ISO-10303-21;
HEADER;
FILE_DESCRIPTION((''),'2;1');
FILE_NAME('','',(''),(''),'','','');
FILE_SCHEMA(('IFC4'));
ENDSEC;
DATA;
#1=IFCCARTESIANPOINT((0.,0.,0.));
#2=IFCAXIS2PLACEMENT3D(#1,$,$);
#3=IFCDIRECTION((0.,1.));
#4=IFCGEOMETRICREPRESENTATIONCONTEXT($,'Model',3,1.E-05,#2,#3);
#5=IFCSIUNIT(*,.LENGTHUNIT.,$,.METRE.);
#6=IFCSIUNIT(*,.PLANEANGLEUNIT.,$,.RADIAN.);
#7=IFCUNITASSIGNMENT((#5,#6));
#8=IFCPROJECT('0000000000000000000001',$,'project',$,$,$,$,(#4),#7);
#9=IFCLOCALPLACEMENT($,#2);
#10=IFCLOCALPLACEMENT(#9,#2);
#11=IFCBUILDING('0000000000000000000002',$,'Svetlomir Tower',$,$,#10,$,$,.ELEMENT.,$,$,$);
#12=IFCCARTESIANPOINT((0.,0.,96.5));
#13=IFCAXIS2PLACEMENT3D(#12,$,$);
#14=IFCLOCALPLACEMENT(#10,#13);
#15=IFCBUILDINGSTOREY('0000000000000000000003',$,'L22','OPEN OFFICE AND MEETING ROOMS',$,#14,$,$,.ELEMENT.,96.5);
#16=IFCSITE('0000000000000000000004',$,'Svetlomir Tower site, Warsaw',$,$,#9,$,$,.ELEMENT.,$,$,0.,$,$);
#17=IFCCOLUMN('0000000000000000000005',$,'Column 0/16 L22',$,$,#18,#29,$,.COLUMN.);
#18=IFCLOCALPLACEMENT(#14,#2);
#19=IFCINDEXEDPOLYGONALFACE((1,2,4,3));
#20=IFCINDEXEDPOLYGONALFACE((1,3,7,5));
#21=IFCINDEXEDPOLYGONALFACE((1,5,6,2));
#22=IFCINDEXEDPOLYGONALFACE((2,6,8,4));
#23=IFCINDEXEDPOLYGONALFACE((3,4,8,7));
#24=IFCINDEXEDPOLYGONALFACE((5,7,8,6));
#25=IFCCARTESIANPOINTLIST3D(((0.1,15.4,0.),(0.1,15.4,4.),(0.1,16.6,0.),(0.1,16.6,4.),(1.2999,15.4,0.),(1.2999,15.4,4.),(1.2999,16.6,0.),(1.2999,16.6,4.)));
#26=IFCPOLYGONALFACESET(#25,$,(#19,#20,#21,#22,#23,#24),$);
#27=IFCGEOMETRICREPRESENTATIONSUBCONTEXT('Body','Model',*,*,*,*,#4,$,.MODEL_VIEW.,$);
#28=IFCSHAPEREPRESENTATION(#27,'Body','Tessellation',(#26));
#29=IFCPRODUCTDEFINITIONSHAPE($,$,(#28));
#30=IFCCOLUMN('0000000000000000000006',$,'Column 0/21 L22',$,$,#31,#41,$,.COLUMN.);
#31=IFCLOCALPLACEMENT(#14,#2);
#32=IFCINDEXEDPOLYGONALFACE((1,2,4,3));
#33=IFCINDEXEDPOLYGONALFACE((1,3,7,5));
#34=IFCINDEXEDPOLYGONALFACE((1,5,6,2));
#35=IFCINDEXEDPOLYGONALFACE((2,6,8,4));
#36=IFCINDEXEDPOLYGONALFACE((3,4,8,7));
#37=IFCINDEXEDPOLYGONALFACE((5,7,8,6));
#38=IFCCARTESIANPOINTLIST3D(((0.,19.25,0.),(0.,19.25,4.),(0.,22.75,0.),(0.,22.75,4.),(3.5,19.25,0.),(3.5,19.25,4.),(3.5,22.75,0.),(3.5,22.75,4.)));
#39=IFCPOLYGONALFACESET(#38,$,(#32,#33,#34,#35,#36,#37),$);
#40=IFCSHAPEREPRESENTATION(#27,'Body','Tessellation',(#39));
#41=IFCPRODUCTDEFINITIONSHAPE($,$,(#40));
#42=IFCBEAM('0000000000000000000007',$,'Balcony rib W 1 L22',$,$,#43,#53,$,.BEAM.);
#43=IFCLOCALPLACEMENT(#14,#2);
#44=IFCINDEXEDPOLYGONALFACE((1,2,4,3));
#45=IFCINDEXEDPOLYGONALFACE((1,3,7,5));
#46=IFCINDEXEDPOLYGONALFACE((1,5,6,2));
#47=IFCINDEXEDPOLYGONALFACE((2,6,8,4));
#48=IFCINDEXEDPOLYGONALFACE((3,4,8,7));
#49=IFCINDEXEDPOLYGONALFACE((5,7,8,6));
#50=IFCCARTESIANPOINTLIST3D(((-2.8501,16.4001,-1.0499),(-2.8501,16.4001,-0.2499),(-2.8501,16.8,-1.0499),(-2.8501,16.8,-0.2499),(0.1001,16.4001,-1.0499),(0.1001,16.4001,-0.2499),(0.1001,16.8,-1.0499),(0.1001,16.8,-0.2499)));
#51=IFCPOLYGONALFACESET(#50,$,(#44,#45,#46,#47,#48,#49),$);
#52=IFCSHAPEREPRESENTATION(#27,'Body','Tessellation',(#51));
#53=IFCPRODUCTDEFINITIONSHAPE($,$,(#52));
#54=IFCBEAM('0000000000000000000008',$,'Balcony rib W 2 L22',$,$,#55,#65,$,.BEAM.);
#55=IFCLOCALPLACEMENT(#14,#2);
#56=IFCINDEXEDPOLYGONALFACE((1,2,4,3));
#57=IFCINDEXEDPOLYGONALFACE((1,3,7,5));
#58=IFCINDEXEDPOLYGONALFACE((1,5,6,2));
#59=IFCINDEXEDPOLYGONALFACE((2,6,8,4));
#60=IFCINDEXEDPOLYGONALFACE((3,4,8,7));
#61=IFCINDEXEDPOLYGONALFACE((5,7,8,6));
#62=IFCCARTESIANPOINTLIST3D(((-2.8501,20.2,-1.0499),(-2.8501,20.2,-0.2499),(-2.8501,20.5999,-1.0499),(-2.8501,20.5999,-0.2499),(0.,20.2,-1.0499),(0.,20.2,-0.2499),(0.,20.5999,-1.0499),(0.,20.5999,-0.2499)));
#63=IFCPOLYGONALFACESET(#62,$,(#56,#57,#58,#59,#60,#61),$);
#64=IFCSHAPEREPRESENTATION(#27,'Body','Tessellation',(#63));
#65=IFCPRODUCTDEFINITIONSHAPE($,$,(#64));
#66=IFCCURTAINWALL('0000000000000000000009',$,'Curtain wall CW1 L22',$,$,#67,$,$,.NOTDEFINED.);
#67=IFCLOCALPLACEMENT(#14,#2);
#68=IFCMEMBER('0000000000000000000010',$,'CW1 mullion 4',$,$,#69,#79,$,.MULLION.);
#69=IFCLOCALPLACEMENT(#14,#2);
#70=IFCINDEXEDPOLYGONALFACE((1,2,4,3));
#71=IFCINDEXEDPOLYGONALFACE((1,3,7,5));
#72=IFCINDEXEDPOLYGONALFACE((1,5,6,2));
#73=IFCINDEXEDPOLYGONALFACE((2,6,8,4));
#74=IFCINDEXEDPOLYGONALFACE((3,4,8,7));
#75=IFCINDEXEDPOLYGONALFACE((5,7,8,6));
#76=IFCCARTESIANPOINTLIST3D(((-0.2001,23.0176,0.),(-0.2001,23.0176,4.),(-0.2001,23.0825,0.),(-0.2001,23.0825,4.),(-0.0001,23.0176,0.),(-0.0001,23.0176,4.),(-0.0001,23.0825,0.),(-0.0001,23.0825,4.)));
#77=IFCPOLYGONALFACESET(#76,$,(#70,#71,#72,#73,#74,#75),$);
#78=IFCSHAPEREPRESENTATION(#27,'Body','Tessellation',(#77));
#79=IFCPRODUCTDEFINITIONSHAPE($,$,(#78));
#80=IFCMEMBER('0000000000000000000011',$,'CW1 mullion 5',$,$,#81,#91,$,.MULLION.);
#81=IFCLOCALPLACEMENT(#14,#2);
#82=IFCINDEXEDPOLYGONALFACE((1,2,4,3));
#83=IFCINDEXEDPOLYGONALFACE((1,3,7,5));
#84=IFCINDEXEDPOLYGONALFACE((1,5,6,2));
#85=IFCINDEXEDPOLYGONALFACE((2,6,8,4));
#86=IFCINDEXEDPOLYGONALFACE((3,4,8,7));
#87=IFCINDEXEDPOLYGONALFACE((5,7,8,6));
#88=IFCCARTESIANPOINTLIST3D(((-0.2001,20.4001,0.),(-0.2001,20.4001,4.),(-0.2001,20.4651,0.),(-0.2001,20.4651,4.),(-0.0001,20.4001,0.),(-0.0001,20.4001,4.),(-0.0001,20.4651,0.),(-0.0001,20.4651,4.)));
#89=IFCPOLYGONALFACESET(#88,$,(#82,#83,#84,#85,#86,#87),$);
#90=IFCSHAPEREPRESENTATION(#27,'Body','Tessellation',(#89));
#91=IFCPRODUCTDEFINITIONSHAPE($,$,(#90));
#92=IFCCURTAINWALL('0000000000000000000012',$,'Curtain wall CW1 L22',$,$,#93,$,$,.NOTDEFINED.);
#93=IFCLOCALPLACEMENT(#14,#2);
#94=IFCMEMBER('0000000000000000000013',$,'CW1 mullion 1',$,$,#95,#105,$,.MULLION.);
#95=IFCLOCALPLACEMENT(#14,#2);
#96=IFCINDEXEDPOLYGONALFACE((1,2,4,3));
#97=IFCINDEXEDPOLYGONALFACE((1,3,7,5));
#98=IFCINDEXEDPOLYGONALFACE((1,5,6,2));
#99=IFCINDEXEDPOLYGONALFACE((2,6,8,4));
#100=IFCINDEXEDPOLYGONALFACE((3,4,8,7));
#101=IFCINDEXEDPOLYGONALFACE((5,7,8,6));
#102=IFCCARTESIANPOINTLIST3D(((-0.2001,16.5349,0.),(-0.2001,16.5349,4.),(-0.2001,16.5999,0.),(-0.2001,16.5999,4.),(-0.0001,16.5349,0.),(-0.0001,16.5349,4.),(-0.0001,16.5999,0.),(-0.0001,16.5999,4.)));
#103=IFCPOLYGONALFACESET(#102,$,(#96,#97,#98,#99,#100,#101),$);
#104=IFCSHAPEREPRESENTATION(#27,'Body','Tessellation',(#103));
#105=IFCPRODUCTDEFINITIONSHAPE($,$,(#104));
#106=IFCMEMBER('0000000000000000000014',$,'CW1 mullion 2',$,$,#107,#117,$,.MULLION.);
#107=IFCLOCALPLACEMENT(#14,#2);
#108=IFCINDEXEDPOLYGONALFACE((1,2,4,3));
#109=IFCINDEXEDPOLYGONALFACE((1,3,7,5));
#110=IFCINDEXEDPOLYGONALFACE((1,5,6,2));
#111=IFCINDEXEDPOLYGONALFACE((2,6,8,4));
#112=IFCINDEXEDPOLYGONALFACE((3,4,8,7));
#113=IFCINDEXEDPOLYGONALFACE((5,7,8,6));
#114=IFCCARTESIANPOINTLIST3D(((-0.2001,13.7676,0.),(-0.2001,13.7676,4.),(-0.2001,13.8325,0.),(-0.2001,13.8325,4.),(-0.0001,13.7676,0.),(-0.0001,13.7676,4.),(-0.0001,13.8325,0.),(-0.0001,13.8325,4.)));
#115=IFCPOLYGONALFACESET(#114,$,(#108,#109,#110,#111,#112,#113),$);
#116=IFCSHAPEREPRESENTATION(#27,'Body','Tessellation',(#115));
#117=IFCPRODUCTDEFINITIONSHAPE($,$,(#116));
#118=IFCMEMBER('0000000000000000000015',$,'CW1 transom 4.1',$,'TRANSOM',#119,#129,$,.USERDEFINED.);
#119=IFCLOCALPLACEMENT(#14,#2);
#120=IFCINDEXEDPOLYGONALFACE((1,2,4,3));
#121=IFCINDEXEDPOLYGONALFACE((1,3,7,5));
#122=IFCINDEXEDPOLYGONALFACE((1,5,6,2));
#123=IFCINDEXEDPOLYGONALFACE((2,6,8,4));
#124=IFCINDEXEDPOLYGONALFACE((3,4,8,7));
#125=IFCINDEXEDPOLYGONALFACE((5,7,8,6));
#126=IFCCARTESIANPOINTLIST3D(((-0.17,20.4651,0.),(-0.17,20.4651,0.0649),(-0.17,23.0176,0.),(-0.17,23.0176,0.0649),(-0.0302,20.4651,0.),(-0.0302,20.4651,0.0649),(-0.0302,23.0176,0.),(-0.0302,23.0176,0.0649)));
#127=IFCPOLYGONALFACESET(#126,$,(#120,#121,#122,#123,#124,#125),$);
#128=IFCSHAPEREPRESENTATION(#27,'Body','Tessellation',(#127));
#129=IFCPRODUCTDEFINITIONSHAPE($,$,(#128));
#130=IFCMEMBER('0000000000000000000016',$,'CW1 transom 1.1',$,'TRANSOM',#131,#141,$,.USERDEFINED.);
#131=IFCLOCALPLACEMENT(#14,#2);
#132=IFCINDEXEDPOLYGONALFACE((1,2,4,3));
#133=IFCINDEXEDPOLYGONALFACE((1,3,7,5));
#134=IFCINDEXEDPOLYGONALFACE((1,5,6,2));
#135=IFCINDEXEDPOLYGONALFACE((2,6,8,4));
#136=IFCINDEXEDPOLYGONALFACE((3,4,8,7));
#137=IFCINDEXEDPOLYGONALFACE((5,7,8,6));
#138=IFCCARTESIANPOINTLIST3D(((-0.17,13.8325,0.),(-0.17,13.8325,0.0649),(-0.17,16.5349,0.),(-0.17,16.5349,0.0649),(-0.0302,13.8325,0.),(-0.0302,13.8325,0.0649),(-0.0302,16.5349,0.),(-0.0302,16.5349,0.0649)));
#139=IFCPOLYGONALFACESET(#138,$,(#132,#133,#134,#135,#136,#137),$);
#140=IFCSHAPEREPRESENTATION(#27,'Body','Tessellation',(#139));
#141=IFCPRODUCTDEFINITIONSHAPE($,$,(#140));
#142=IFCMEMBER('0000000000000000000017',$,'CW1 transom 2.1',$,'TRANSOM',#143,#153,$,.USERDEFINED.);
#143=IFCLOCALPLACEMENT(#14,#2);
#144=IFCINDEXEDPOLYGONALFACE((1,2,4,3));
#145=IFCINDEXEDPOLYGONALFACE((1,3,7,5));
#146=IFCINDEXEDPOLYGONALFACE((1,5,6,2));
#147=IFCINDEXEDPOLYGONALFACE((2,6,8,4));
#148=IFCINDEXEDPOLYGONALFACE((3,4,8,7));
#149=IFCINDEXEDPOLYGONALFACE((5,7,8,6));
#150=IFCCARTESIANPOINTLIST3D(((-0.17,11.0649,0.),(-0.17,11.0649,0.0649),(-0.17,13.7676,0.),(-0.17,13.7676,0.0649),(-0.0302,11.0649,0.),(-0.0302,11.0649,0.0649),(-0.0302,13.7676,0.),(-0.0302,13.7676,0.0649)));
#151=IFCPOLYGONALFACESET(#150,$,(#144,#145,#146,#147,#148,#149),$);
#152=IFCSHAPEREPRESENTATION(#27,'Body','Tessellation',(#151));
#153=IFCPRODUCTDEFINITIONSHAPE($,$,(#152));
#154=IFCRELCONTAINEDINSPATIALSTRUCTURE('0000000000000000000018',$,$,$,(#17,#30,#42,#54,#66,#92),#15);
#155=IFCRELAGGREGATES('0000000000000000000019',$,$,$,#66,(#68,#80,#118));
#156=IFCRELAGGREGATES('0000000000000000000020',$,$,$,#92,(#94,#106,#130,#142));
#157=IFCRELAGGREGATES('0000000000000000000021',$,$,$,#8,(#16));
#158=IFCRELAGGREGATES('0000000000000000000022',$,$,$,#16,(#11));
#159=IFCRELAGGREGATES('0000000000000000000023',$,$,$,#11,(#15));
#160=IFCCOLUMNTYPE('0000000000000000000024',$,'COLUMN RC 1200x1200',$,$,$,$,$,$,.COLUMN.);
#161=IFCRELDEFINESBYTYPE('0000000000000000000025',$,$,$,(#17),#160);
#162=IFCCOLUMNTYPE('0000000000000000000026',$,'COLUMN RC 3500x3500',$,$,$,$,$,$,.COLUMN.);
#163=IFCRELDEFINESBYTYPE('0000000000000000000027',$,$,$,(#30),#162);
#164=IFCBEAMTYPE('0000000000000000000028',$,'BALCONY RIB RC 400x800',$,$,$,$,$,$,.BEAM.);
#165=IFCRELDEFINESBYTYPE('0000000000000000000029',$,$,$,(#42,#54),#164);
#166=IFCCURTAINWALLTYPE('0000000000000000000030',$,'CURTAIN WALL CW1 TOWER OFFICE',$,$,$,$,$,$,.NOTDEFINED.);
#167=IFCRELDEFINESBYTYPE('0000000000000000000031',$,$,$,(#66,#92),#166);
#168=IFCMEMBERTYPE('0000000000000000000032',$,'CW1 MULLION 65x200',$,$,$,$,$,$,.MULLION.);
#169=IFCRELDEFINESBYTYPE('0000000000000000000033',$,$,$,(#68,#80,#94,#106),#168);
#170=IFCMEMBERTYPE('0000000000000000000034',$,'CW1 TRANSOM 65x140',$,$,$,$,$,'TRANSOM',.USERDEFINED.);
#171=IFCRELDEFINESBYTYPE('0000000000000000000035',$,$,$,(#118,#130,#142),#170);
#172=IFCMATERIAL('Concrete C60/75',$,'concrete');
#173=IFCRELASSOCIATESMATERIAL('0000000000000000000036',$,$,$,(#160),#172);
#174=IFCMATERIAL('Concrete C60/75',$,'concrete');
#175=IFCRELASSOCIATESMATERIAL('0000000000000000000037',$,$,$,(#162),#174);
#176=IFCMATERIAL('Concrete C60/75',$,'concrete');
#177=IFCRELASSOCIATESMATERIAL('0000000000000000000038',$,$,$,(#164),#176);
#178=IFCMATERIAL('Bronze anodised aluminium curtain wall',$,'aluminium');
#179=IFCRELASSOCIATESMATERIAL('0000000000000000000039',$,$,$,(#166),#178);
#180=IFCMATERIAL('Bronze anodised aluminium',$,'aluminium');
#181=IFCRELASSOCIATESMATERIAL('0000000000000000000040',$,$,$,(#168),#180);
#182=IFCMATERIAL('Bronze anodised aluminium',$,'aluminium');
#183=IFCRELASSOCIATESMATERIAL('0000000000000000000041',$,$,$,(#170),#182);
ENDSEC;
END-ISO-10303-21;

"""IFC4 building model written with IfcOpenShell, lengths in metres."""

from ifc_helpers import new_model, si_unit, direction, frame, origin, origin_2d, place, context, subcontext, project, spatial, rectangle, extrude, material, material_profile, profile_set, type_object, element, aggregate, save


model = new_model("IFC4")

# Units and contexts
model_context = context("Model", 3, precision=1e-05, world=origin(), true_north=direction((0.0, 1.0)))
body_context = subcontext(model_context, "Body", "Model", "MODEL_VIEW")
ifc_project = project(units=[si_unit("LENGTHUNIT", "METRE"), si_unit("PLANEANGLEUNIT", "RADIAN")], contexts=[model_context])

# Site, building, storey
site_placement = place(None, origin())
site = spatial("IfcSite", under=ifc_project, at=site_placement, Name="Svetlomir Tower site, Warsaw", CompositionType="ELEMENT", RefElevation=0.0)
building_placement = place(site_placement, origin())
building = spatial("IfcBuilding", under=site, at=building_placement, Name="Svetlomir Tower", CompositionType="ELEMENT")
storey_placement = place(building_placement, frame((0.0, 0.0, 96.5)))
storey = spatial("IfcBuildingStorey", under=building, at=storey_placement, Name="L22", Description="OPEN OFFICE AND MEETING ROOMS", CompositionType="ELEMENT", Elevation=96.5)

# Columns
ifc_material_1 = material(Name="Concrete C60/75", Category="concrete")
ifc_material_profile_1 = material_profile(ifc_material_1, rectangle(XDim=1.2, YDim=1.2, at=origin_2d()), Name="RC 1200x1200")
ifc_profile_set_1 = profile_set([ifc_material_profile_1], Name="Concrete C60/75")
column_type_1 = type_object("IfcColumnType", Name="COLUMN RC 1200x1200", PredefinedType="COLUMN", material=ifc_profile_set_1)
column_1_placement = place(storey_placement, frame((0.7, 16.0, 0.0), z_axis=(0.0, 0.0, 1.0), x_axis=(1.0, 0.0, 0.0)))
element("IfcColumn", 1, at=column_1_placement, inside=storey, type_object=column_type_1, Name="Column 0/16 L22", PredefinedType="COLUMN", context=body_context, shape_type="SweptSolid", body=[
    extrude(rectangle(XDim=1.2, YDim=1.2, at=origin_2d()), origin(), (0.0, 0.0, 1.0), 4.0),
])
ifc_material_2 = material(Name="Concrete C60/75", Category="concrete")
ifc_material_profile_2 = material_profile(ifc_material_2, rectangle(XDim=3.5, YDim=3.5, at=origin_2d()), Name="RC 3500x3500")
ifc_profile_set_2 = profile_set([ifc_material_profile_2], Name="Concrete C60/75")
column_type_2 = type_object("IfcColumnType", Name="COLUMN RC 3500x3500", PredefinedType="COLUMN", material=ifc_profile_set_2)
column_2_placement = place(storey_placement, frame((1.75, 21.0, 0.0), z_axis=(0.0, 0.0, 1.0), x_axis=(1.0, 0.0, 0.0)))
element("IfcColumn", 2, at=column_2_placement, inside=storey, type_object=column_type_2, Name="Column 0/21 L22", PredefinedType="COLUMN", context=body_context, shape_type="SweptSolid", body=[
    extrude(rectangle(XDim=3.5, YDim=3.5, at=origin_2d()), origin(), (0.0, 0.0, 1.0), 4.0),
])

# Beams
ifc_material_3 = material(Name="Concrete C60/75", Category="concrete")
ifc_material_profile_3 = material_profile(ifc_material_3, rectangle(XDim=0.3999, YDim=0.8, at=origin_2d()), Name="RC 400x800")
ifc_profile_set_3 = profile_set([ifc_material_profile_3], Name="Concrete C60/75")
beam_type_1 = type_object("IfcBeamType", Name="BALCONY RIB RC 400x800", PredefinedType="BEAM", material=ifc_profile_set_3)
beam_1_placement = place(storey_placement, frame((0.1001, 16.6001, -0.6499), z_axis=(-1.0, 0.0, 0.0), x_axis=(0.0, -1.0, 0.0)))
element("IfcBeam", 3, at=beam_1_placement, inside=storey, type_object=beam_type_1, Name="Balcony rib W 1 L22", PredefinedType="BEAM", context=body_context, shape_type="SweptSolid", body=[
    extrude(rectangle(XDim=0.3999, YDim=0.8, at=origin_2d()), origin(), (0.0, 0.0, 1.0), 2.9502),
])
beam_2_placement = place(storey_placement, frame((0.0, 20.3999, -0.6499), z_axis=(-1.0, 0.0, 0.0), x_axis=(0.0, -1.0, 0.0)))
element("IfcBeam", 4, at=beam_2_placement, inside=storey, type_object=beam_type_1, Name="Balcony rib W 2 L22", PredefinedType="BEAM", context=body_context, shape_type="SweptSolid", body=[
    extrude(rectangle(XDim=0.3999, YDim=0.8, at=origin_2d()), origin(), (0.0, 0.0, 1.0), 2.8501),
])

# Curtain walls, members
ifc_material_4 = material(Name="Bronze anodised aluminium curtain wall", Category="aluminium")
curtain_wall_type = type_object("IfcCurtainWallType", Name="CURTAIN WALL CW1 TOWER OFFICE", PredefinedType="NOTDEFINED", material=ifc_material_4)
curtain_wall_1_placement = place(storey_placement, origin())
curtain_wall_1 = element("IfcCurtainWall", 5, at=curtain_wall_1_placement, inside=storey, type_object=curtain_wall_type, Name="Curtain wall CW1 L22", PredefinedType="NOTDEFINED")
ifc_material_5 = material(Name="Bronze anodised aluminium", Category="aluminium")
ifc_material_profile_4 = material_profile(ifc_material_5, rectangle(XDim=0.0649, YDim=0.2, at=origin_2d()), Name="AL 65x200")
ifc_profile_set_4 = profile_set([ifc_material_profile_4], Name="Bronze anodised aluminium 6063-T6")
member_type_1 = type_object("IfcMemberType", Name="CW1 MULLION 65x200", PredefinedType="MULLION", material=ifc_profile_set_4)
member_1_placement = place(storey_placement, frame((-0.1001, 23.05, 0.0), z_axis=(0.0, 0.0, 1.0), x_axis=(0.0, -1.0, 0.0)))
member_1 = element("IfcMember", 6, at=member_1_placement, type_object=member_type_1, Name="CW1 mullion 4", PredefinedType="MULLION", context=body_context, shape_type="SweptSolid", body=[
    extrude(rectangle(XDim=0.0649, YDim=0.2, at=origin_2d()), origin(), (0.0, 0.0, 1.0), 4.0),
])
member_2_placement = place(storey_placement, frame((-0.1001, 20.4326, 0.0), z_axis=(0.0, 0.0, 1.0), x_axis=(0.0, -1.0, 0.0)))
member_2 = element("IfcMember", 7, at=member_2_placement, type_object=member_type_1, Name="CW1 mullion 5", PredefinedType="MULLION", context=body_context, shape_type="SweptSolid", body=[
    extrude(rectangle(XDim=0.0649, YDim=0.2, at=origin_2d()), origin(), (0.0, 0.0, 1.0), 4.0),
])
curtain_wall_2_placement = place(storey_placement, origin())
curtain_wall_2 = element("IfcCurtainWall", 8, at=curtain_wall_2_placement, inside=storey, type_object=curtain_wall_type, Name="Curtain wall CW1 L22", PredefinedType="NOTDEFINED")
member_3_placement = place(storey_placement, frame((-0.1001, 16.5674, 0.0), z_axis=(0.0, 0.0, 1.0), x_axis=(0.0, -1.0, 0.0)))
member_3 = element("IfcMember", 9, at=member_3_placement, type_object=member_type_1, Name="CW1 mullion 1", PredefinedType="MULLION", context=body_context, shape_type="SweptSolid", body=[
    extrude(rectangle(XDim=0.0649, YDim=0.2, at=origin_2d()), origin(), (0.0, 0.0, 1.0), 4.0),
])
member_4_placement = place(storey_placement, frame((-0.1001, 13.8, 0.0), z_axis=(0.0, 0.0, 1.0), x_axis=(0.0, -1.0, 0.0)))
member_4 = element("IfcMember", 10, at=member_4_placement, type_object=member_type_1, Name="CW1 mullion 2", PredefinedType="MULLION", context=body_context, shape_type="SweptSolid", body=[
    extrude(rectangle(XDim=0.0649, YDim=0.2, at=origin_2d()), origin(), (0.0, 0.0, 1.0), 4.0),
])

# Members
ifc_material_6 = material(Name="Bronze anodised aluminium", Category="aluminium")
ifc_material_profile_5 = material_profile(ifc_material_6, rectangle(XDim=0.1399, YDim=0.0649, at=origin_2d()), Name="AL 140x65")
ifc_profile_set_5 = profile_set([ifc_material_profile_5], Name="Bronze anodised aluminium 6063-T6")
member_type_2 = type_object("IfcMemberType", Name="CW1 TRANSOM 65x140", ElementType="TRANSOM", PredefinedType="USERDEFINED", material=ifc_profile_set_5)
member_5_placement = place(storey_placement, frame((-0.1001, 23.0176, 0.0325), z_axis=(0.0, -1.0, 0.0), x_axis=(1.0, 0.0, 0.0)))
member_5 = element("IfcMember", 11, at=member_5_placement, type_object=member_type_2, Name="CW1 transom 4.1", ObjectType="TRANSOM", PredefinedType="USERDEFINED", context=body_context, shape_type="SweptSolid", body=[
    extrude(rectangle(XDim=0.1399, YDim=0.0649, at=origin_2d()), origin(), (0.0, 0.0, 1.0), 2.5525),
])
member_6_placement = place(storey_placement, frame((-0.1001, 16.5349, 0.0325), z_axis=(0.0, -1.0, 0.0), x_axis=(1.0, 0.0, 0.0)))
member_6 = element("IfcMember", 12, at=member_6_placement, type_object=member_type_2, Name="CW1 transom 1.1", ObjectType="TRANSOM", PredefinedType="USERDEFINED", context=body_context, shape_type="SweptSolid", body=[
    extrude(rectangle(XDim=0.1399, YDim=0.0649, at=origin_2d()), origin(), (0.0, 0.0, 1.0), 2.7024),
])
member_7_placement = place(storey_placement, frame((-0.1001, 13.7676, 0.0325), z_axis=(0.0, -1.0, 0.0), x_axis=(1.0, 0.0, 0.0)))
member_7 = element("IfcMember", 13, at=member_7_placement, type_object=member_type_2, Name="CW1 transom 2.1", ObjectType="TRANSOM", PredefinedType="USERDEFINED", context=body_context, shape_type="SweptSolid", body=[
    extrude(rectangle(XDim=0.1399, YDim=0.0649, at=origin_2d()), origin(), (0.0, 0.0, 1.0), 2.7026),
])

aggregate(curtain_wall_1, [member_1, member_2, member_5])
aggregate(curtain_wall_2, [member_3, member_4, member_6, member_7])

save(model, "model.ifc")
